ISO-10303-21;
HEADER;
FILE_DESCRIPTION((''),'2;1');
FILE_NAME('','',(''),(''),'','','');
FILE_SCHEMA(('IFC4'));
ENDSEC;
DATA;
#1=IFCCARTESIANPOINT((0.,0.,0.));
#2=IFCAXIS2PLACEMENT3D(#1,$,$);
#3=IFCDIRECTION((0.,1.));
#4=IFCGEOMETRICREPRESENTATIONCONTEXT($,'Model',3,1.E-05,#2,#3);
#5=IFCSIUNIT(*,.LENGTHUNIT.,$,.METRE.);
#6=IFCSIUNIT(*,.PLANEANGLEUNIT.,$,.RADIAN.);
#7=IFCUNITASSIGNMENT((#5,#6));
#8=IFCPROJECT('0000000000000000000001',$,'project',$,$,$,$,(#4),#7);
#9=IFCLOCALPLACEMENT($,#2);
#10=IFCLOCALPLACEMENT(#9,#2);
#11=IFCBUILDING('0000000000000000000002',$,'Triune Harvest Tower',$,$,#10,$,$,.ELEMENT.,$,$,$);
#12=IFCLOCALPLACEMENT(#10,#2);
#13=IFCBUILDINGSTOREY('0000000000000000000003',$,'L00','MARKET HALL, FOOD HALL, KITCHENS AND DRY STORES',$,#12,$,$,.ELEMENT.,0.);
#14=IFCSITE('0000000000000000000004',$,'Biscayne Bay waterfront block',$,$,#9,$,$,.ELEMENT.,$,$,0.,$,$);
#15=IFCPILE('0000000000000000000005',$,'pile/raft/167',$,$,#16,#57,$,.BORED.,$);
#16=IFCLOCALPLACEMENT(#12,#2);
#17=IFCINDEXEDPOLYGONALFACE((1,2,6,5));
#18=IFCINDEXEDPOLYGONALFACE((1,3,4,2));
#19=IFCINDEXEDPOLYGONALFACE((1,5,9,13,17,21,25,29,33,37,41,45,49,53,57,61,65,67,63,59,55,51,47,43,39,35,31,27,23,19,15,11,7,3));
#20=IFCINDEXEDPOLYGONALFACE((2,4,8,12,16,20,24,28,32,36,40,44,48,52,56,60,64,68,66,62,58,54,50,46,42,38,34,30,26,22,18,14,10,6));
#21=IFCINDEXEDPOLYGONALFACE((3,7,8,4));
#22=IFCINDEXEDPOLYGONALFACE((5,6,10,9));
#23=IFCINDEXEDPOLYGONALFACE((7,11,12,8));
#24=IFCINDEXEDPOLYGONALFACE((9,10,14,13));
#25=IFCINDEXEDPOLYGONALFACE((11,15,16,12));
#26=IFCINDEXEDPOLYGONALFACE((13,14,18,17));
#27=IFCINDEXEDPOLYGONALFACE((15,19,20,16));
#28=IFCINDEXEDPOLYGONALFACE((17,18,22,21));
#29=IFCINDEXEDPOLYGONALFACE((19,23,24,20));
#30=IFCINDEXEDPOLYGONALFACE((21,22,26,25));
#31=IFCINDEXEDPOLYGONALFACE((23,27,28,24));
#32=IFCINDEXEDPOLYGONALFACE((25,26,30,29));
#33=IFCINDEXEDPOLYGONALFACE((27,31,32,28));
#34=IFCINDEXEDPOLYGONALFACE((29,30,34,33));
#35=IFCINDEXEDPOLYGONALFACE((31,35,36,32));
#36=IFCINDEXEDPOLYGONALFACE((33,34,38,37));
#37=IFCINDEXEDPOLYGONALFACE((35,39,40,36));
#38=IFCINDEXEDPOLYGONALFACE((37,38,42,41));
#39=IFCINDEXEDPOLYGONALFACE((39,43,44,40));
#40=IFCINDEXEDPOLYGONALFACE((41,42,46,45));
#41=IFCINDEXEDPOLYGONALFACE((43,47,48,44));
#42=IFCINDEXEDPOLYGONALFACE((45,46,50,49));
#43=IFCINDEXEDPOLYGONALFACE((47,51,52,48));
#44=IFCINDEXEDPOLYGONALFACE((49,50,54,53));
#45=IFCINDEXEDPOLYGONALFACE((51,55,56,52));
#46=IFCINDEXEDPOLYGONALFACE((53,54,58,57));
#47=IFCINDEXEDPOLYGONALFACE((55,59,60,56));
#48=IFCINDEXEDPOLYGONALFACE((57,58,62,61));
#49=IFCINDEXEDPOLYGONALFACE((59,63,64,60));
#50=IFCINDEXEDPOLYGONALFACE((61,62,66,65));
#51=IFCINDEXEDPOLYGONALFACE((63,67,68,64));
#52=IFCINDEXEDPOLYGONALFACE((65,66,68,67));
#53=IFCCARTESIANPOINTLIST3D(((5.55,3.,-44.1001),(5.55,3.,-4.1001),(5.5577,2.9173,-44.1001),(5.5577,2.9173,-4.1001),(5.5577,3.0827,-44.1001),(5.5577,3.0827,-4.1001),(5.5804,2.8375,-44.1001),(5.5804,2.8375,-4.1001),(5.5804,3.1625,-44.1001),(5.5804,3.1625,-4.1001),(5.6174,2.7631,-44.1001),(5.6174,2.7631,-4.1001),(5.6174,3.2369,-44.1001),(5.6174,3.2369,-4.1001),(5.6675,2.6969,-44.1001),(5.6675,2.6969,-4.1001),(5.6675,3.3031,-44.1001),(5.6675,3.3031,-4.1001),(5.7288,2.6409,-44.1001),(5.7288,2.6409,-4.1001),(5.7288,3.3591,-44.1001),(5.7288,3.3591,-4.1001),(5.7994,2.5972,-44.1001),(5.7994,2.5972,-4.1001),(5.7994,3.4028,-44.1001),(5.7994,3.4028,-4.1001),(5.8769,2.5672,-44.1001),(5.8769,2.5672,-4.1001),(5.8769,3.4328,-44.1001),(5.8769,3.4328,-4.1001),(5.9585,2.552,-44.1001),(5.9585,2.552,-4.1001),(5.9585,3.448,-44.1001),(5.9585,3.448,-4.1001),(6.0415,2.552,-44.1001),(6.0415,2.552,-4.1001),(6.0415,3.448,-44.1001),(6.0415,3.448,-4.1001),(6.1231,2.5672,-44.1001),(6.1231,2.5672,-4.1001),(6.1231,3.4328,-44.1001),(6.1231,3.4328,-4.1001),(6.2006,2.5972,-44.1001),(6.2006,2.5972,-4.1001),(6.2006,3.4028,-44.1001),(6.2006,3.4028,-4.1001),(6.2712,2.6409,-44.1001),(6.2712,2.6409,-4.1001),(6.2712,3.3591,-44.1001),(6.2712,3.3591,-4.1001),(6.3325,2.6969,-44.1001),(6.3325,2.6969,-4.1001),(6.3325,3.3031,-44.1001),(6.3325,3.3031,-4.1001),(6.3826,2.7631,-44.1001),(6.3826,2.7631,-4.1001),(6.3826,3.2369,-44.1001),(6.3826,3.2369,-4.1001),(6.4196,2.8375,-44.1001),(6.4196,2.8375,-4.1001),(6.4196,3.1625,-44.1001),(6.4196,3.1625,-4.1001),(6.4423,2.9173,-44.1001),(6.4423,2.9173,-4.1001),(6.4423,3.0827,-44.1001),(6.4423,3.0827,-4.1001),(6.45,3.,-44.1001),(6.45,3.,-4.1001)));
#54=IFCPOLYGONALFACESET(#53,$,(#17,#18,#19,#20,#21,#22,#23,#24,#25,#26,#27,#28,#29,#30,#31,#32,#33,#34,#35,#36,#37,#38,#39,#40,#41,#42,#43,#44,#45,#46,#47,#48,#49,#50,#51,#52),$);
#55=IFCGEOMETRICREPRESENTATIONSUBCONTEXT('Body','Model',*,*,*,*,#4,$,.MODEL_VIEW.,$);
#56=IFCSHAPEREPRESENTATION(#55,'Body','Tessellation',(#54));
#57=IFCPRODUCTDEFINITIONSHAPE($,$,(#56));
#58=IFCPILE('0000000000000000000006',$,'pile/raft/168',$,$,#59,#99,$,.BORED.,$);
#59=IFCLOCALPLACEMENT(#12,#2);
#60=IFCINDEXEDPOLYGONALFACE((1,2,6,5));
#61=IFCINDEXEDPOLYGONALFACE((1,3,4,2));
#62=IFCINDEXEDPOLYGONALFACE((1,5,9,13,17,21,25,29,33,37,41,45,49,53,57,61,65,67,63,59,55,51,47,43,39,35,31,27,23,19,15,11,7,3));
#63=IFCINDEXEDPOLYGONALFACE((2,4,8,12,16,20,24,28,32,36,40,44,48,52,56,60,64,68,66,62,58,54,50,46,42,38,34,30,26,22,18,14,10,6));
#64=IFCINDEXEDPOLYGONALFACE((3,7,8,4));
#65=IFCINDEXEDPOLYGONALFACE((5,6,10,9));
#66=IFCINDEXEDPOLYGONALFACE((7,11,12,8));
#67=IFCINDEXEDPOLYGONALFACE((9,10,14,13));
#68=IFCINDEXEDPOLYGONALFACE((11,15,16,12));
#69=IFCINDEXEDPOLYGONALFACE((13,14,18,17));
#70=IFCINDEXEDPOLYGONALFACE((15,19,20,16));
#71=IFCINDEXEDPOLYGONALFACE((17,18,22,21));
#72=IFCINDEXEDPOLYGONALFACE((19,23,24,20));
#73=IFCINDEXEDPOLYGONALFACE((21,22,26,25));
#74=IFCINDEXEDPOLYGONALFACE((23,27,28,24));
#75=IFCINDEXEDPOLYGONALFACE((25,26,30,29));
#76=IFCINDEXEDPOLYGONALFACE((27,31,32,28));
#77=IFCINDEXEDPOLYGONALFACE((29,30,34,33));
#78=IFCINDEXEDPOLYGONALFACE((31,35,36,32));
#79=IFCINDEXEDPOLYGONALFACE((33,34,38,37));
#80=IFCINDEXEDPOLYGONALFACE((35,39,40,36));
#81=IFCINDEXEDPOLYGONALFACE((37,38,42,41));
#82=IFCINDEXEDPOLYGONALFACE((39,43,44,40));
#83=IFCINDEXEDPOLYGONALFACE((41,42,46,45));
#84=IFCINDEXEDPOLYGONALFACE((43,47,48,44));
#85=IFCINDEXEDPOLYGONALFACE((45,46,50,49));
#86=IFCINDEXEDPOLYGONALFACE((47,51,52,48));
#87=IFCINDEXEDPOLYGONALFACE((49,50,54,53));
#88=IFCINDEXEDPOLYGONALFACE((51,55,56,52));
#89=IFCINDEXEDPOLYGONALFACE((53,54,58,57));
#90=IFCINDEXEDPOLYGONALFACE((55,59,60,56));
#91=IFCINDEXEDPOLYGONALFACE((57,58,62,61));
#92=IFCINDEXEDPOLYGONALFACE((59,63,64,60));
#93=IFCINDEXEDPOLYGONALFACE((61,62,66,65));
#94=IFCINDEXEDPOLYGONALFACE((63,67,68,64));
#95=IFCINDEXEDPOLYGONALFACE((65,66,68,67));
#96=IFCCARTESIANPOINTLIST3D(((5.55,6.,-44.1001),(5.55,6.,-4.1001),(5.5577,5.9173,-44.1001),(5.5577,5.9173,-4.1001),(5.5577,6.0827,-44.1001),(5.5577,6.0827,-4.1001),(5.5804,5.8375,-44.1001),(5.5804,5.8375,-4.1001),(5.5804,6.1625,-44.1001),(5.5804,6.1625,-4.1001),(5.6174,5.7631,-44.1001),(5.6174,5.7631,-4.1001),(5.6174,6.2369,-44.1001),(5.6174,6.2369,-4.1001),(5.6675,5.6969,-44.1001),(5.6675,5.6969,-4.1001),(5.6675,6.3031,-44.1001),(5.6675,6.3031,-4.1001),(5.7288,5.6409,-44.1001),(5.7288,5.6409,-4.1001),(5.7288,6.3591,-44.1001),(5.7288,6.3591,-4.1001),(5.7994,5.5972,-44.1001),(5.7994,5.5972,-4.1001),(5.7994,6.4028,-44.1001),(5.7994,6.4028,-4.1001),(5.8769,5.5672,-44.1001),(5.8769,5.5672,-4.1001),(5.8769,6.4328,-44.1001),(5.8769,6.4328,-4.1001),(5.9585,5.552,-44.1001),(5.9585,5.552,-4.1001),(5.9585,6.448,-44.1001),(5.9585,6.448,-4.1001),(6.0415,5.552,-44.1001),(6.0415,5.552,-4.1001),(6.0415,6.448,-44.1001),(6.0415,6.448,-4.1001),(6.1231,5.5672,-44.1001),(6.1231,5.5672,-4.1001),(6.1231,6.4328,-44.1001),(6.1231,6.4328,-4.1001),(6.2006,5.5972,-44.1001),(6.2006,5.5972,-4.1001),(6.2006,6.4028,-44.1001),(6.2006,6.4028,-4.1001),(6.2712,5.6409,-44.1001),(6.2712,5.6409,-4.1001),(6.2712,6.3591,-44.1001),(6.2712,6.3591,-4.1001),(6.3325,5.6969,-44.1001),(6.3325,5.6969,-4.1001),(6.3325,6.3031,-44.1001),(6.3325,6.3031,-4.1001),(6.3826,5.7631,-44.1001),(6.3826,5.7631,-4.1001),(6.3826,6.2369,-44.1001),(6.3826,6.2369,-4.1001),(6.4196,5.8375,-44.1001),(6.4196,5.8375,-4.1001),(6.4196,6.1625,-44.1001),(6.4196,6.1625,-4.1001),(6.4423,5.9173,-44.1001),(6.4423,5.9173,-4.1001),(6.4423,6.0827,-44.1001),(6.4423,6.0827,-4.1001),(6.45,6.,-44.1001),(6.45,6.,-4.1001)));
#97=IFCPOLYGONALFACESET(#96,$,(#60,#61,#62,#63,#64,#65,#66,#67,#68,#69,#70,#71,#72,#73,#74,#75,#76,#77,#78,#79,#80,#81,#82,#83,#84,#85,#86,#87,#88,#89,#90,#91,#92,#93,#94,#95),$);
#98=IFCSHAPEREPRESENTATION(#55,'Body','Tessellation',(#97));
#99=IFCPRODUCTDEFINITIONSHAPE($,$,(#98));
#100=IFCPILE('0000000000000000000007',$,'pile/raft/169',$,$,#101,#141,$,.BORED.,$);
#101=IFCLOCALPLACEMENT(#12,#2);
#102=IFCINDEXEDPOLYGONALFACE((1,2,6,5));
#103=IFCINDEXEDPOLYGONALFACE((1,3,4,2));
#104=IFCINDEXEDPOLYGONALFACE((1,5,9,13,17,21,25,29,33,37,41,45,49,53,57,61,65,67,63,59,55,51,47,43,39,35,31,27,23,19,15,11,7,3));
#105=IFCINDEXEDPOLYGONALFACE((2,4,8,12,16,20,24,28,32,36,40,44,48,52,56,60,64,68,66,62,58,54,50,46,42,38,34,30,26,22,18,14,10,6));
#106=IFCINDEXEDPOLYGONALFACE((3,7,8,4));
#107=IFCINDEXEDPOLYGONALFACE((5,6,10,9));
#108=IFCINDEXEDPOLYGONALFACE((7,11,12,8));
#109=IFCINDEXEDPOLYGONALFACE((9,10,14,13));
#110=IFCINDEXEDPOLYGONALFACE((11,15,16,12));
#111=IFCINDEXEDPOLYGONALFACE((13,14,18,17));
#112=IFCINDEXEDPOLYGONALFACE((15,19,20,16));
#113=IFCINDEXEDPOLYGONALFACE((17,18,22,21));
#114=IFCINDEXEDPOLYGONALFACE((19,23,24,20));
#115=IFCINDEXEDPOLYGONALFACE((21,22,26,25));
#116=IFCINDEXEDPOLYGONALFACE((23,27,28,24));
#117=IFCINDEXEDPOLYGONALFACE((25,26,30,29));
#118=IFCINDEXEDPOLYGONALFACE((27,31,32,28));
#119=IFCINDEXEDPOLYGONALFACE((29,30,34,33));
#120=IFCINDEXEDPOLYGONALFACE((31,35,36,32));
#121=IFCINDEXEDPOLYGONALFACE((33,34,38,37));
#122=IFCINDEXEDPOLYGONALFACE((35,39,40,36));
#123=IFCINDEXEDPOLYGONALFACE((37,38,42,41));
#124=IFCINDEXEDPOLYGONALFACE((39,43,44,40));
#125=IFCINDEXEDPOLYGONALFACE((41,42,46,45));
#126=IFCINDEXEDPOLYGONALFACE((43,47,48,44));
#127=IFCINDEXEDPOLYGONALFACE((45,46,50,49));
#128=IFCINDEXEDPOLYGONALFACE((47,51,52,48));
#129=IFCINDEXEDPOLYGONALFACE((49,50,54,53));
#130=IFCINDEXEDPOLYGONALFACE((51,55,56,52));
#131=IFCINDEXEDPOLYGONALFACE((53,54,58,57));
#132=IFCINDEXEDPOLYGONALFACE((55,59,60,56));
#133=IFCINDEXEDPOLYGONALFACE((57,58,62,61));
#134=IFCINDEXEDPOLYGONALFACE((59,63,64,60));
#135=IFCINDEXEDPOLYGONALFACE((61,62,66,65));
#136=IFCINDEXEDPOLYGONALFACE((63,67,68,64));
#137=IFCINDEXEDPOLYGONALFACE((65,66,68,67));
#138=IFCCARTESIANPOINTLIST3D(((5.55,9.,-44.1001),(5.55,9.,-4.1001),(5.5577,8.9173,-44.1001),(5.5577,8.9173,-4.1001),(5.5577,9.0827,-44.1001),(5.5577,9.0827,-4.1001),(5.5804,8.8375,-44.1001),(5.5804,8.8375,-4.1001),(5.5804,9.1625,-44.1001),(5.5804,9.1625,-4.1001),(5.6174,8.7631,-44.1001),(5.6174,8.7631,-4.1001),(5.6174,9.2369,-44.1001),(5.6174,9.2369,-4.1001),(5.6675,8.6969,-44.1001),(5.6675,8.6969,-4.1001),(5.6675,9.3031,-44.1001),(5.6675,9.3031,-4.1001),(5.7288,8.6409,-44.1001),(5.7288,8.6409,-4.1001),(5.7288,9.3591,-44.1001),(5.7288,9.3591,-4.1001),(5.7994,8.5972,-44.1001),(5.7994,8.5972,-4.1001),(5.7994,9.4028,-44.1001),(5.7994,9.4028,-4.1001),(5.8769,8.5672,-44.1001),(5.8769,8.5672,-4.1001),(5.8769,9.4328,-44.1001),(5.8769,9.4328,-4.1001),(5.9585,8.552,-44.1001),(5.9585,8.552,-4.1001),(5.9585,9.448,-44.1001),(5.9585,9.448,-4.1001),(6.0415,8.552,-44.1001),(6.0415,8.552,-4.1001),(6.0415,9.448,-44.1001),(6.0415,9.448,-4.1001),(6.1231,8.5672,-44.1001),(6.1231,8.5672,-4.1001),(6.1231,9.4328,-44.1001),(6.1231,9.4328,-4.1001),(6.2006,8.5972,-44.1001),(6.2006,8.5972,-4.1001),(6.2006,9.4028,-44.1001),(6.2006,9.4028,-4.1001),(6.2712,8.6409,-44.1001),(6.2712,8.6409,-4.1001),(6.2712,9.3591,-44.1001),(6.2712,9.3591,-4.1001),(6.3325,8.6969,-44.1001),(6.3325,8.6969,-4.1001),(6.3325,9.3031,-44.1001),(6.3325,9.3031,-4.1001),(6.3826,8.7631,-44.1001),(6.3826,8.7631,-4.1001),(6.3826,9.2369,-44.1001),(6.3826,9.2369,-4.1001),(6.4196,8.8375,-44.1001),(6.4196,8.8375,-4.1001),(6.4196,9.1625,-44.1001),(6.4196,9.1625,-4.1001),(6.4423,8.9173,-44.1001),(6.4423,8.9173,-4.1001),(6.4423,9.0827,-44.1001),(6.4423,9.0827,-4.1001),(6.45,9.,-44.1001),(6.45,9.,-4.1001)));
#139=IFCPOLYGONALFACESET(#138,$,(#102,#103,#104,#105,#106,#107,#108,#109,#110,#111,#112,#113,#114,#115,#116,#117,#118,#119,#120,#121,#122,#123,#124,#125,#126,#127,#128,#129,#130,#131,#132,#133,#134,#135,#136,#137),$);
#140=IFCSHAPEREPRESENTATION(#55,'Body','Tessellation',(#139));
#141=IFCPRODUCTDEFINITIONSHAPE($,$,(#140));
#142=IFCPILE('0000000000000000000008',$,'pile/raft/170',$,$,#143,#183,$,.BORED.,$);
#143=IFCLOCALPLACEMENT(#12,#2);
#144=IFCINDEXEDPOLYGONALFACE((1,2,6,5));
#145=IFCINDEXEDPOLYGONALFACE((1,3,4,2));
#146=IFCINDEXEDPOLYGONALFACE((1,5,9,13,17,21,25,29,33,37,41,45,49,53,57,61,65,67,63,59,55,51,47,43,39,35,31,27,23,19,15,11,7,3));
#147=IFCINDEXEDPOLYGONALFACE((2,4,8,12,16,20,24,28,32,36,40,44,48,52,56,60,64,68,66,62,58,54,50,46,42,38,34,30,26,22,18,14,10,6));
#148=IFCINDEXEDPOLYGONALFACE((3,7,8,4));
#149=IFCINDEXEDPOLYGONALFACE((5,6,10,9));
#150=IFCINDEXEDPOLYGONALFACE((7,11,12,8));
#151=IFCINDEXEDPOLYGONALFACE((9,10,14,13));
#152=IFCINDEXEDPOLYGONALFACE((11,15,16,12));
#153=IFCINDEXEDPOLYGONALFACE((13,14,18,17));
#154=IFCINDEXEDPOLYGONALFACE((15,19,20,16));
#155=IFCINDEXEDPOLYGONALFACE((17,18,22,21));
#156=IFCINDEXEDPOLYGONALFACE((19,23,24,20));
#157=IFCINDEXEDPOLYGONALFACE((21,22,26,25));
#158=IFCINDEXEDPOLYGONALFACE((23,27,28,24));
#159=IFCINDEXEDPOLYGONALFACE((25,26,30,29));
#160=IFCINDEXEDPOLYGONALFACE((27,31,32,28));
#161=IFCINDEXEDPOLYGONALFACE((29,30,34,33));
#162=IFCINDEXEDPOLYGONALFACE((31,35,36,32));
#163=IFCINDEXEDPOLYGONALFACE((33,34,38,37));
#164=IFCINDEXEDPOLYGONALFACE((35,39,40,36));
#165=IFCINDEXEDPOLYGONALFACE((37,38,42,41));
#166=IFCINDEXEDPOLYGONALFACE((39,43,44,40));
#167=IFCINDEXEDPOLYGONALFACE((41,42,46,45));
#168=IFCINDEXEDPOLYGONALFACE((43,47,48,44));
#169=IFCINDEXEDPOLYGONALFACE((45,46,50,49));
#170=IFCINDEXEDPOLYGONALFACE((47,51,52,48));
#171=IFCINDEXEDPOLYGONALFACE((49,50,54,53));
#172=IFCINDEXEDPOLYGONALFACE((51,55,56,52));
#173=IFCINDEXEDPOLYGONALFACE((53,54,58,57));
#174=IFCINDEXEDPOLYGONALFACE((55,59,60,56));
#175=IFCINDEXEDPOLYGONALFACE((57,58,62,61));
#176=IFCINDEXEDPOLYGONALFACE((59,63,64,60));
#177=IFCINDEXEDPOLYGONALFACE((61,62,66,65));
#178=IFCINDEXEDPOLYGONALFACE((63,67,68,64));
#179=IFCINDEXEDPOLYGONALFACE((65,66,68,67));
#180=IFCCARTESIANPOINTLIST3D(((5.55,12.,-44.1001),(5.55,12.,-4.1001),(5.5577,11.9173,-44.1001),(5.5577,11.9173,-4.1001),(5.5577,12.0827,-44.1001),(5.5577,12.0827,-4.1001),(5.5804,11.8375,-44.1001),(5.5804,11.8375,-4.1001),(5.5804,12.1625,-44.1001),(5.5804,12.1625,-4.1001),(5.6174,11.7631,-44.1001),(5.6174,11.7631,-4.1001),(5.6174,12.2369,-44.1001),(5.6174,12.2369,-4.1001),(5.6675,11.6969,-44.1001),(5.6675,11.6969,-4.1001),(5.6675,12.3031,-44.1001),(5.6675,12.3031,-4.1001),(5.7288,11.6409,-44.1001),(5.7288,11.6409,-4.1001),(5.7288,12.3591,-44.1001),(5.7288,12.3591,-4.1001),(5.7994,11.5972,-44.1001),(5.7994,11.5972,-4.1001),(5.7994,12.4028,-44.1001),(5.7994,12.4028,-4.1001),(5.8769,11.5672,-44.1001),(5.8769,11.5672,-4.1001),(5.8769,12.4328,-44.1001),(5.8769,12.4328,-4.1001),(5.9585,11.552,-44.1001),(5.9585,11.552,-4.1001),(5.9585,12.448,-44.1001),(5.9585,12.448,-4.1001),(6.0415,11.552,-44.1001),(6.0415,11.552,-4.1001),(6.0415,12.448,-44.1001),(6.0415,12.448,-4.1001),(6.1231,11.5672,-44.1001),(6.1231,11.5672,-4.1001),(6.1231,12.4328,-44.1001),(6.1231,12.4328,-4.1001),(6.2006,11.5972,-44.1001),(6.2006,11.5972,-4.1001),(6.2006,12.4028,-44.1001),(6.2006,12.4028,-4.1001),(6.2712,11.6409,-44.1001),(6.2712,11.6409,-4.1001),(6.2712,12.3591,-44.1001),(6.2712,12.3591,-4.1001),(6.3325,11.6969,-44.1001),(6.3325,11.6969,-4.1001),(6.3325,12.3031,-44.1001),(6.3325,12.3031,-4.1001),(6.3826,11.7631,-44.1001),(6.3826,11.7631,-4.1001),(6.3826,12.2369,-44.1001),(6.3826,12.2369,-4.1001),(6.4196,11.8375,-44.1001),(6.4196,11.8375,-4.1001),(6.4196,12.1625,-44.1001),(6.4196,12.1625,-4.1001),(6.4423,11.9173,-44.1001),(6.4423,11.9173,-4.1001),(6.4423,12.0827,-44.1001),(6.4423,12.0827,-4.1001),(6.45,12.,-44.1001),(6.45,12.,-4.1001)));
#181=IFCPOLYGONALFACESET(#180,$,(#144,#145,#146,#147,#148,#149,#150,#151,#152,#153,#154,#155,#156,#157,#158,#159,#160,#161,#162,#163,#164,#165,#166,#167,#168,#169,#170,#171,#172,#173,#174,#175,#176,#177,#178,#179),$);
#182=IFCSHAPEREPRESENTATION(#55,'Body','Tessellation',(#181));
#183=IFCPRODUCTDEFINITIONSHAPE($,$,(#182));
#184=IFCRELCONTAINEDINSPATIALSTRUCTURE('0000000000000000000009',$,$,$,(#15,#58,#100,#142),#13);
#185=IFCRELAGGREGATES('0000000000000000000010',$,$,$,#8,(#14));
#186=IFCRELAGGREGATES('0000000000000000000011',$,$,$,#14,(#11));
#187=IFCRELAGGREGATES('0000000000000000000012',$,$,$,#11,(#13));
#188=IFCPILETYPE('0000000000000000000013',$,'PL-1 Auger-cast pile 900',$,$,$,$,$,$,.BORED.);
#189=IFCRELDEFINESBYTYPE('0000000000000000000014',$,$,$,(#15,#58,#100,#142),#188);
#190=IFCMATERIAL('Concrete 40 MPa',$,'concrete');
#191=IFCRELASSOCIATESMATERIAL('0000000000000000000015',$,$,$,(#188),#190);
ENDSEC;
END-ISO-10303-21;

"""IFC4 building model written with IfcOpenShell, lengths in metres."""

from ifc_helpers import new_model, si_unit, direction, frame, origin, origin_2d, place, context, subcontext, project, spatial, circle, extrude, source, transform, mapped, material, material_profile, profile_set, type_object, element, save


model = new_model("IFC4")

# Units and contexts
model_context = context("Model", 3, precision=1e-05, world=origin(), true_north=direction((0.0, 1.0)))
body_context = subcontext(model_context, "Body", "Model", "MODEL_VIEW")
ifc_project = project(units=[si_unit("LENGTHUNIT", "METRE"), si_unit("PLANEANGLEUNIT", "RADIAN")], contexts=[model_context])

# Site, building, storey
site_placement = place(None, origin())
site = spatial("IfcSite", under=ifc_project, at=site_placement, Name="Biscayne Bay waterfront block", CompositionType="ELEMENT", RefElevation=0.0)
building_placement = place(site_placement, origin())
building = spatial("IfcBuilding", under=site, at=building_placement, Name="Triune Harvest Tower", CompositionType="ELEMENT")
storey_placement = place(building_placement, origin())
storey = spatial("IfcBuildingStorey", under=building, at=storey_placement, Name="L00", Description="MARKET HALL, FOOD HALL, KITCHENS AND DRY STORES", CompositionType="ELEMENT", Elevation=0.0)

# Piles
ifc_material_1 = material(Name="Concrete 40 MPa", Category="concrete")
ifc_material_profile = material_profile(ifc_material_1, circle(Radius=0.45, at=origin_2d()), Name="Bored 900")
ifc_profile_set = profile_set([ifc_material_profile], Name="Concrete 40 MPa")
pile_type = type_object("IfcPileType", Name="PL-1 Auger-cast pile 900", PredefinedType="BORED", material=ifc_profile_set)
shared_shape_1 = source(origin(), body_context, "Body", "SweptSolid", [
    extrude(circle(Radius=0.45, at=origin_2d()), origin(), (0.0, 0.0, 1.0), 40.0),
])
for number, where, z_axis, x_axis, name in (
    (1, (6.0, 3.0, -4.1001), (0.0, 0.0, -1.0), (1.0, 0.0, 0.0), "pile/raft/167"),
    (2, (6.0, 6.0, -4.1001), (0.0, 0.0, -1.0), (1.0, 0.0, 0.0), "pile/raft/168"),
    (3, (6.0, 9.0, -4.1001), (0.0, 0.0, -1.0), (1.0, 0.0, 0.0), "pile/raft/169"),
    (4, (6.0, 12.0, -4.1001), (0.0, 0.0, -1.0), (1.0, 0.0, 0.0), "pile/raft/170"),
):
    element("IfcPile", number, at=place(storey_placement, frame(where, z_axis=z_axis, x_axis=x_axis)), inside=storey, type_object=pile_type, Name=name, PredefinedType="BORED", context=body_context, shape_type="MappedRepresentation", body=[
        mapped(shared_shape_1, transform((0.0, 0.0, 0.0), scale=1.0)),
    ])

save(model, "model.ifc")
